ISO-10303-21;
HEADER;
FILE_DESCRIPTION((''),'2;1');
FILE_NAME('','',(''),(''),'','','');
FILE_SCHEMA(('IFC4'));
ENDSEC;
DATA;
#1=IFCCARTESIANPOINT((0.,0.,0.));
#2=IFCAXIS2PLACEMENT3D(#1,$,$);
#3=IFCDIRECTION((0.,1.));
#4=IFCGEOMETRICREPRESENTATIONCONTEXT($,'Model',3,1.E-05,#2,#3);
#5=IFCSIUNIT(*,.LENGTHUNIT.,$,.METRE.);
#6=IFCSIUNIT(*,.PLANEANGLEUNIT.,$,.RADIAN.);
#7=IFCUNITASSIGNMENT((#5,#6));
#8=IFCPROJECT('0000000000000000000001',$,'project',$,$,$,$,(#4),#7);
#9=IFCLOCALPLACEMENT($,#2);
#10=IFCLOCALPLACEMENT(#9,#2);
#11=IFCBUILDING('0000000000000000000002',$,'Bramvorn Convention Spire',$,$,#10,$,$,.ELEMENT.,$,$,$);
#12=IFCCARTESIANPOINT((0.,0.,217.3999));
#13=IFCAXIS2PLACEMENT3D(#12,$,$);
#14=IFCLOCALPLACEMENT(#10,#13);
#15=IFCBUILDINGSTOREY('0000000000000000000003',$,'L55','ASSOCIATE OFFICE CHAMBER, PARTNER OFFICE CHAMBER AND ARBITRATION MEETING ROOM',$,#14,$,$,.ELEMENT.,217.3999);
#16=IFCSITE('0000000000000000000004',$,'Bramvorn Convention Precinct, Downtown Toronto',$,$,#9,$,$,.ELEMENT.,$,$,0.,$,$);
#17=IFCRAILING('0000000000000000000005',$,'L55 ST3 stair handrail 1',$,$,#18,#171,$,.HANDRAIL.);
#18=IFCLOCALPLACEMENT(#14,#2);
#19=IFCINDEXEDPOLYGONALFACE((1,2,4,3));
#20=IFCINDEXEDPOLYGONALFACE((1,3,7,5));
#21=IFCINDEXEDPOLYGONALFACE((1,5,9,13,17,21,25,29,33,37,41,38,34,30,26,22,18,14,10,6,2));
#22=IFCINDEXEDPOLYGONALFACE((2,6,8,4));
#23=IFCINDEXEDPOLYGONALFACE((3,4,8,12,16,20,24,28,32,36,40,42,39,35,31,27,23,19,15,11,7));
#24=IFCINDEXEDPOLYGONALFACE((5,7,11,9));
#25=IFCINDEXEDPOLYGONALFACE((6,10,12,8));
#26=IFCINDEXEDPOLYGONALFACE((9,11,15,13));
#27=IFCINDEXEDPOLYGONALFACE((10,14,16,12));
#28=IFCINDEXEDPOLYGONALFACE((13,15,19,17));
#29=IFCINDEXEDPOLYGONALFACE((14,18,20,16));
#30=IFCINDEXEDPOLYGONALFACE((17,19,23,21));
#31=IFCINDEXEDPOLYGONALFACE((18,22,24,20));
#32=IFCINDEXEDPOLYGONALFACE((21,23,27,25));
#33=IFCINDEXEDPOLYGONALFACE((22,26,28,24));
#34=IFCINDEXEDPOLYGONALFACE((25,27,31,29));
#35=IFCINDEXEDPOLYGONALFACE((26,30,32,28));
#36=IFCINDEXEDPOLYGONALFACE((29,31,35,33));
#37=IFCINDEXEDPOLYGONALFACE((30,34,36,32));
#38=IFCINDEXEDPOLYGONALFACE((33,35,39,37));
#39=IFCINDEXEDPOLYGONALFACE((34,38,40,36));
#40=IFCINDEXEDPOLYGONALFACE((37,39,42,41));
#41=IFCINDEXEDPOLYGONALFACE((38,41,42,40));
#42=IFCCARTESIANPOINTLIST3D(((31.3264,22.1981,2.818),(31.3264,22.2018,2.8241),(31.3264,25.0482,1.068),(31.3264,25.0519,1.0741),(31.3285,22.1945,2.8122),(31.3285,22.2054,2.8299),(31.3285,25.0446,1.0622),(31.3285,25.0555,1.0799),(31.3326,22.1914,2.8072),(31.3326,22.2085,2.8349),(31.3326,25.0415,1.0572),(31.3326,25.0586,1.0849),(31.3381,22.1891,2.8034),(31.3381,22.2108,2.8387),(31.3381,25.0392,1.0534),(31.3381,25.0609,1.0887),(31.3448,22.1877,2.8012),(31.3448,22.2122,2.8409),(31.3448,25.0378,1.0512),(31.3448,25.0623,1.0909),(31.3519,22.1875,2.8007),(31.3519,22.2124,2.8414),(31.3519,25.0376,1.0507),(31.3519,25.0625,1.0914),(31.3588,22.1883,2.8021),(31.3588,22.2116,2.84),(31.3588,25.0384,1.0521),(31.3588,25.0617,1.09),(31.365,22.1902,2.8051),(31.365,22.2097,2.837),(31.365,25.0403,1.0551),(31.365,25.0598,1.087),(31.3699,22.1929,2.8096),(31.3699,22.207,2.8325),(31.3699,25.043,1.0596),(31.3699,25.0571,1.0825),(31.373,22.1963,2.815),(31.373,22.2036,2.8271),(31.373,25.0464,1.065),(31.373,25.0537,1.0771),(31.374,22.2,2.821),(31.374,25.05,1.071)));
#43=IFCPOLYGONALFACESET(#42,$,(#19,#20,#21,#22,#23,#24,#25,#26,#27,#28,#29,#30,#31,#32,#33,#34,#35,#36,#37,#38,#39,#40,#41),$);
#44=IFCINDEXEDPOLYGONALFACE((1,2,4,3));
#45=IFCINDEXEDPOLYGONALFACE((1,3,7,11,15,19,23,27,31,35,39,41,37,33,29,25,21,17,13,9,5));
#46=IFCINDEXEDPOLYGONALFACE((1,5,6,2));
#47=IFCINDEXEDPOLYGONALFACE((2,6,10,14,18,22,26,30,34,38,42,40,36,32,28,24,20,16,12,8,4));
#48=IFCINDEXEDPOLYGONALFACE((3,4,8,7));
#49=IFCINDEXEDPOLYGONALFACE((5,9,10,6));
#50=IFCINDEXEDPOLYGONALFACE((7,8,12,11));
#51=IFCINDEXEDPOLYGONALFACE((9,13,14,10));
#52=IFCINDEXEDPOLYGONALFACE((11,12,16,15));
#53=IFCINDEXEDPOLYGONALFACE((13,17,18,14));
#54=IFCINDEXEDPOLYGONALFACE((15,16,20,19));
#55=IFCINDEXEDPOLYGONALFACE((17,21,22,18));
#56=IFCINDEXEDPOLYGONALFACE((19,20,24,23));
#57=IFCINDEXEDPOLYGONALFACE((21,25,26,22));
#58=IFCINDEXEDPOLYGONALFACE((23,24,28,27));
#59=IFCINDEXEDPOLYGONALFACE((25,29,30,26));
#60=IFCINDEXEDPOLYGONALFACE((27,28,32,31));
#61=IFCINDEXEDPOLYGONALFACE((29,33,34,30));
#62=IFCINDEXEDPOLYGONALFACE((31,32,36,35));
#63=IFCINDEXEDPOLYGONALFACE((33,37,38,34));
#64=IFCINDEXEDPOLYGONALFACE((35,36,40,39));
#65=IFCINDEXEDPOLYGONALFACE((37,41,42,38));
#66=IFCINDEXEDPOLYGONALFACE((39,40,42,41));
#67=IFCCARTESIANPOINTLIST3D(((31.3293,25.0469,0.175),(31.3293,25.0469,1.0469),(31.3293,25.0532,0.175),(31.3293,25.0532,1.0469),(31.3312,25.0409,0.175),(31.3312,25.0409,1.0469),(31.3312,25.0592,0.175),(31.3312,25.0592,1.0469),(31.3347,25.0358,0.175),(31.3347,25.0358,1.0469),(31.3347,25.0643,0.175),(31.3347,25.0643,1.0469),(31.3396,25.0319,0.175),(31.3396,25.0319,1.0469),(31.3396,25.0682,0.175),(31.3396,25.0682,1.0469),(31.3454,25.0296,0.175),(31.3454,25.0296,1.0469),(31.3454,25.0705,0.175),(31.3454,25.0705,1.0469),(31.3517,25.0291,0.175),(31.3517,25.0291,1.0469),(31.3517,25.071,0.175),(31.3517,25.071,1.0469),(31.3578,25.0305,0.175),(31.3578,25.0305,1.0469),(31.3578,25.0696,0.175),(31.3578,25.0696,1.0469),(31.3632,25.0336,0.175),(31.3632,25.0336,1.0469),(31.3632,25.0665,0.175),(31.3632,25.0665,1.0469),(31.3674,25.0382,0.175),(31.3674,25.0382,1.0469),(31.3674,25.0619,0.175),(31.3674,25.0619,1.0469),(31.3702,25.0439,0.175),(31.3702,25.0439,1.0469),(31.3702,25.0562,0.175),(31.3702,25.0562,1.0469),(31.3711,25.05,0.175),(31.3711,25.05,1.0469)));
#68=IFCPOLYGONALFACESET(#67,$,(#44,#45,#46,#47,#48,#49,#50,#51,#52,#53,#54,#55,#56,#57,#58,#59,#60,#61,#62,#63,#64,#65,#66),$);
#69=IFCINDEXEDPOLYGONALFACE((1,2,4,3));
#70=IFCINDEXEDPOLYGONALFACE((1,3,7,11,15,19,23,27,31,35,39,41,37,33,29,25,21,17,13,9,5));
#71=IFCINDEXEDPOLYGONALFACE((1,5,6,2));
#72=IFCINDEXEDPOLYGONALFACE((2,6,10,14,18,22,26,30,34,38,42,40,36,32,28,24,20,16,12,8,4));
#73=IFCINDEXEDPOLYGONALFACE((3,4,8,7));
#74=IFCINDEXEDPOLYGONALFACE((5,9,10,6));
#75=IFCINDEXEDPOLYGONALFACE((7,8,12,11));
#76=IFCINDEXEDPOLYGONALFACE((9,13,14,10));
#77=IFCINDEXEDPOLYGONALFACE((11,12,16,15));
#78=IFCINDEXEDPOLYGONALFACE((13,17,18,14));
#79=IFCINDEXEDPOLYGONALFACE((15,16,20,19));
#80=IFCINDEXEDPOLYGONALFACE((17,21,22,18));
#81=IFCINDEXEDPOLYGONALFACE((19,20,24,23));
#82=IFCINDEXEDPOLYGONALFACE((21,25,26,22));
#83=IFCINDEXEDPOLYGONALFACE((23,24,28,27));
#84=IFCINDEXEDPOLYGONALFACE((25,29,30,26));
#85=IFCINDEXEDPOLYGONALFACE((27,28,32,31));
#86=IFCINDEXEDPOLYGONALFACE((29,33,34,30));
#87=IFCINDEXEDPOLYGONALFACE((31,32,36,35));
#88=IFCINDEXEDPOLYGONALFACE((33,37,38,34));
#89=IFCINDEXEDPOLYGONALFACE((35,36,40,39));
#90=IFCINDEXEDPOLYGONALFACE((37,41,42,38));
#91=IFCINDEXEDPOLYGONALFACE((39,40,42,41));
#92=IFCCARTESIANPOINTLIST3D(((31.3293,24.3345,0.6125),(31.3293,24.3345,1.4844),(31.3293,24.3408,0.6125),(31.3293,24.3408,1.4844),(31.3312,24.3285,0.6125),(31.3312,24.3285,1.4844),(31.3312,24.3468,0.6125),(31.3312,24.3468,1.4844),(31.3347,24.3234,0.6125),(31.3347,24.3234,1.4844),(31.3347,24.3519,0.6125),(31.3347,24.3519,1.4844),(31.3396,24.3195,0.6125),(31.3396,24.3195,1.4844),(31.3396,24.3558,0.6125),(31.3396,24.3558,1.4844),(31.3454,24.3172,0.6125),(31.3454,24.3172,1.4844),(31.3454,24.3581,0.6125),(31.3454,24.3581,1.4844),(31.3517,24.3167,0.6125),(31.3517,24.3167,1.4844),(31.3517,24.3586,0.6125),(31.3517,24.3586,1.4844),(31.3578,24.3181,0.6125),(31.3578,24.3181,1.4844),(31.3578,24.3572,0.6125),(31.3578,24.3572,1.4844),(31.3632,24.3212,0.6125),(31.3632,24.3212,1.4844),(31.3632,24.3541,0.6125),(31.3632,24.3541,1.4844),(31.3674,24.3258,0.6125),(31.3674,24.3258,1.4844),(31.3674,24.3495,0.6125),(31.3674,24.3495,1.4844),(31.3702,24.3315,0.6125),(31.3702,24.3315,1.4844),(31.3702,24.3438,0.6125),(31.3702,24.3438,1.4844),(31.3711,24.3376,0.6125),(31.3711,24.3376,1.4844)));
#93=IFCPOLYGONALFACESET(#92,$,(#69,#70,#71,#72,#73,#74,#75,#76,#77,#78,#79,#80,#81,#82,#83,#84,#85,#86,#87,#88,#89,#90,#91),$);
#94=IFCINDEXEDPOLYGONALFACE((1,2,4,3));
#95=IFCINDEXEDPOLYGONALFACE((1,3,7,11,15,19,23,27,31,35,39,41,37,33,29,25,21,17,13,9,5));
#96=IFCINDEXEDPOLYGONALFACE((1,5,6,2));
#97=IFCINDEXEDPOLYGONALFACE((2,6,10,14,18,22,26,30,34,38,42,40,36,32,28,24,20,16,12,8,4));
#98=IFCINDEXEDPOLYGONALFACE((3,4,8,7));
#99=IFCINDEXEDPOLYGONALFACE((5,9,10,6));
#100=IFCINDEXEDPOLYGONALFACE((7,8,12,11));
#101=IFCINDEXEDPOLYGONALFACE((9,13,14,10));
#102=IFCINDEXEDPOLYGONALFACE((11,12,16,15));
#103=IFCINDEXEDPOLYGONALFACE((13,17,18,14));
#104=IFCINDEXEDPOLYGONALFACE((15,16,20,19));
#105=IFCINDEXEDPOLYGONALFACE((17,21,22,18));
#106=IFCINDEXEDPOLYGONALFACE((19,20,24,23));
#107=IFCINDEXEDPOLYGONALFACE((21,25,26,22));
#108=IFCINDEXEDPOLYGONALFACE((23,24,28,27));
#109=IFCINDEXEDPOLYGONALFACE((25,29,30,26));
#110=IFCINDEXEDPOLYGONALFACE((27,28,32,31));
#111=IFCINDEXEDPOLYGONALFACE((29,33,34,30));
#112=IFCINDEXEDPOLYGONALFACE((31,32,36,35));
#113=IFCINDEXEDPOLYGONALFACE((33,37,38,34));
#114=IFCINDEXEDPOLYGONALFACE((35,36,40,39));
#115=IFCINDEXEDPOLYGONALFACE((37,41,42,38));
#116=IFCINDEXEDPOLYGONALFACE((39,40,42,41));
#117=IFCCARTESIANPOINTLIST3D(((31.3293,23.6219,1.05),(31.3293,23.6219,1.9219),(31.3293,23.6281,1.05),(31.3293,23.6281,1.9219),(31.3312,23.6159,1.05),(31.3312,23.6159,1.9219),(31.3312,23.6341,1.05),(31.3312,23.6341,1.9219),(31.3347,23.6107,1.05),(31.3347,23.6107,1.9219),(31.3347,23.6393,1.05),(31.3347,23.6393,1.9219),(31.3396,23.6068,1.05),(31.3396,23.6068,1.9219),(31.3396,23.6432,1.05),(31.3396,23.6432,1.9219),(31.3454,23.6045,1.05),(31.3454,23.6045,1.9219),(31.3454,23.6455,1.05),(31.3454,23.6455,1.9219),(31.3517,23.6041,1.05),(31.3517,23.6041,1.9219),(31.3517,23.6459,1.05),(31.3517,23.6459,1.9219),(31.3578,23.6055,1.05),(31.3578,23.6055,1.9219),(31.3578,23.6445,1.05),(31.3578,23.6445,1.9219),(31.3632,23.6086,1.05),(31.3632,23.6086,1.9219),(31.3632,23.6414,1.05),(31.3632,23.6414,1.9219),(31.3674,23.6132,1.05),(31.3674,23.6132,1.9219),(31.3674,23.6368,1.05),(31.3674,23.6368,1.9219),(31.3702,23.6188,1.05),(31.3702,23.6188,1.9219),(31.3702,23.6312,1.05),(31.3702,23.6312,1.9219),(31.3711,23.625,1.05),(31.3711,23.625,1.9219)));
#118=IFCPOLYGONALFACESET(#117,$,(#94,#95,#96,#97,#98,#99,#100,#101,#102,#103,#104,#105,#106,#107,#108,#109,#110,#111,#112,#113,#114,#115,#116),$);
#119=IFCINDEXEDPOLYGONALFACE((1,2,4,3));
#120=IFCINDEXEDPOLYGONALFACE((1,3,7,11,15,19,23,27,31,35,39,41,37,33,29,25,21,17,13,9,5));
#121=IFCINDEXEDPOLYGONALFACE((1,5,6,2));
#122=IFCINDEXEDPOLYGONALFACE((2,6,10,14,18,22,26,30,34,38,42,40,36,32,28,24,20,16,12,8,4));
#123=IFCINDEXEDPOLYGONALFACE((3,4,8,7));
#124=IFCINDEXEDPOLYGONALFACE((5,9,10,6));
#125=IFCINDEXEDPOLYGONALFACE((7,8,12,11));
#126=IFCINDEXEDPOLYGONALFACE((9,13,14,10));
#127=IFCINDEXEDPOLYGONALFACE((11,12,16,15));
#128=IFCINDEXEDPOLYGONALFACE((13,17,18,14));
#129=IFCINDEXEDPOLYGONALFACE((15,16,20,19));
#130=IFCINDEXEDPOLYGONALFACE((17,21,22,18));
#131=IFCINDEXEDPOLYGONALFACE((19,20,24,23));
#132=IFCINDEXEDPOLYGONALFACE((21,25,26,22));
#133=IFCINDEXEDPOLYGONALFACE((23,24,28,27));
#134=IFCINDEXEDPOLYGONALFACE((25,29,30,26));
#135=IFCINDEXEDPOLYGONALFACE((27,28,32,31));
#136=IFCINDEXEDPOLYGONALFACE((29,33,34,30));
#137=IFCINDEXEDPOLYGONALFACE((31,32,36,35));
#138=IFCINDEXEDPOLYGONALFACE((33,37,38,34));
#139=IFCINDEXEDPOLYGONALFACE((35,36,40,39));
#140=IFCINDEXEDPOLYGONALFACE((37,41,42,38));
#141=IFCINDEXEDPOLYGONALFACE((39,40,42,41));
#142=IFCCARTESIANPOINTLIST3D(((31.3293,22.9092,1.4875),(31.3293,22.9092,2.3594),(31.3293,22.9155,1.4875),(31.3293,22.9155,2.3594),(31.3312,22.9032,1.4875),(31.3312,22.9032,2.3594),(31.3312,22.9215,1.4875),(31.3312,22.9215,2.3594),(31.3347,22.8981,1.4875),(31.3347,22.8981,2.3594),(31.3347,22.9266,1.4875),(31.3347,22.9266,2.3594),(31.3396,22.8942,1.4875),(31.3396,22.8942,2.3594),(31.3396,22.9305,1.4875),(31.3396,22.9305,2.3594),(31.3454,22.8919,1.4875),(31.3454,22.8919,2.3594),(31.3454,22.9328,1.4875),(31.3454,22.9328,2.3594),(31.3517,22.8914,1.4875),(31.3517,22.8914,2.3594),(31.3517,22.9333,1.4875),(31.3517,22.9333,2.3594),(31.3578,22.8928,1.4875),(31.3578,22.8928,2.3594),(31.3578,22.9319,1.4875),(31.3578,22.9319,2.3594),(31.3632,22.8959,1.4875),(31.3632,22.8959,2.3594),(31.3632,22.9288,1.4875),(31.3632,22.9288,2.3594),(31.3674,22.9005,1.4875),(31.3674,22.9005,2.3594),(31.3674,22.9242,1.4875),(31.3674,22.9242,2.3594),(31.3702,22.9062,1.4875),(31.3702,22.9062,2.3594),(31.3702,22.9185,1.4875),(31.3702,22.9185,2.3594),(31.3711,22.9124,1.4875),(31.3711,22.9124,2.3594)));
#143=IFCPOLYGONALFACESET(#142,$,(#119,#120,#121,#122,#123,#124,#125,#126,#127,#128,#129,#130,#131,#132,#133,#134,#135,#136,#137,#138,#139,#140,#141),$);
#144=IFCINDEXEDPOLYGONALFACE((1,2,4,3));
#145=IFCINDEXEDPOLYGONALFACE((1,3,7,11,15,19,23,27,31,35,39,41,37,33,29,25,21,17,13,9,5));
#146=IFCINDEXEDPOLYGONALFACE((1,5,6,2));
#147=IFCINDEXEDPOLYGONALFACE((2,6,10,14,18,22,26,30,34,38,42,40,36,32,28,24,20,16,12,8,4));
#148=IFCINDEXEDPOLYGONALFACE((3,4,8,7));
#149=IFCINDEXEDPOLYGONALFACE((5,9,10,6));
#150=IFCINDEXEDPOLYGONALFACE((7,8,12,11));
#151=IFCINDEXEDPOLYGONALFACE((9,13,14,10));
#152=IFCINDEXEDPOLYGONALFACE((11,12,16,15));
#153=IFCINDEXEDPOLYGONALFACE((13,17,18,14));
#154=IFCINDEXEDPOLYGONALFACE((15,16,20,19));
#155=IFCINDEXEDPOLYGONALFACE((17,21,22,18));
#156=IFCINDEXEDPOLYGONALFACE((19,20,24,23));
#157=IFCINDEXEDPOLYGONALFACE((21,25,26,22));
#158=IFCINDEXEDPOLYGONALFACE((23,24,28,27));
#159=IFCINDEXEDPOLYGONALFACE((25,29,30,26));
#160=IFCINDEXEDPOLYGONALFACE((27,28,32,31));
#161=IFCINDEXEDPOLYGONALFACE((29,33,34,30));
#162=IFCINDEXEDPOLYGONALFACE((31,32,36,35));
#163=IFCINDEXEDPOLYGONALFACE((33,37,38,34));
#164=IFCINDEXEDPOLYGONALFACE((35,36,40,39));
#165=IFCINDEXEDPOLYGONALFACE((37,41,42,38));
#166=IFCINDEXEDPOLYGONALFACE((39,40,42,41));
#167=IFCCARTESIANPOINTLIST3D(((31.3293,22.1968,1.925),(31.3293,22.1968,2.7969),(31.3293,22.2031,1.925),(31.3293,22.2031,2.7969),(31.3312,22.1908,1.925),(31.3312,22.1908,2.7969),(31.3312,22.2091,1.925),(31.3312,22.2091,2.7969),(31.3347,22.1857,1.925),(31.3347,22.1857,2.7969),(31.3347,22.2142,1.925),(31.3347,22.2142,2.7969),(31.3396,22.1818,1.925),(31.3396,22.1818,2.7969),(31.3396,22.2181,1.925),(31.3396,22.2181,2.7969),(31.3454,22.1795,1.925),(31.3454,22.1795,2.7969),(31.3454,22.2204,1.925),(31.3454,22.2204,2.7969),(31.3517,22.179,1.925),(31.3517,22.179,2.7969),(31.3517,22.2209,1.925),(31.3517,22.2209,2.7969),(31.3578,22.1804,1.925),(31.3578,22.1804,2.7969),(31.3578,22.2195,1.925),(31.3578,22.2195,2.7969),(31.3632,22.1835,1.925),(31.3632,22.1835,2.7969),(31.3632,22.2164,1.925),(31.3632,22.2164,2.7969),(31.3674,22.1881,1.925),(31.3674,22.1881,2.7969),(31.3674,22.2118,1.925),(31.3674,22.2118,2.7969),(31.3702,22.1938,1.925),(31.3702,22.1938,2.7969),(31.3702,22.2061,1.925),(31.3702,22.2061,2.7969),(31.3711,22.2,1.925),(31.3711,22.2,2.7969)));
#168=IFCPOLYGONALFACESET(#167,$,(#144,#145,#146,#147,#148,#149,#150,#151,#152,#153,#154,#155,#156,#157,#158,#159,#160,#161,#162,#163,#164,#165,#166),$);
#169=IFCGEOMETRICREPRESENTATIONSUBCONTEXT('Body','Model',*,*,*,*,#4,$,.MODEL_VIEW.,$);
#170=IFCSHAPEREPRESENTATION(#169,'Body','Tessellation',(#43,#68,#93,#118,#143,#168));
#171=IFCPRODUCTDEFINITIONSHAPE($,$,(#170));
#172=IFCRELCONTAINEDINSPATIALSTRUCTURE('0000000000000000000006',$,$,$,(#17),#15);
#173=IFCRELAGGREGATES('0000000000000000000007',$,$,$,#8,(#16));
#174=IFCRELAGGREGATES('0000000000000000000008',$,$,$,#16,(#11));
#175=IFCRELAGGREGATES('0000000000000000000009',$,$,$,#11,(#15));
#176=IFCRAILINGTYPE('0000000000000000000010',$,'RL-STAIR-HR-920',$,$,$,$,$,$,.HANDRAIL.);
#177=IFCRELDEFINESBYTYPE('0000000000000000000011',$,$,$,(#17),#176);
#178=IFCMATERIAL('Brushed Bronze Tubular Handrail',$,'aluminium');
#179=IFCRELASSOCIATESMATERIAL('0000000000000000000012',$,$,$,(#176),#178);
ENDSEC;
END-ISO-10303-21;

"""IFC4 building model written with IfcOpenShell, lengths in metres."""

from ifc_helpers import new_model, si_unit, direction, frame, origin, origin_2d, place, context, subcontext, project, spatial, circle, extrude, material, type_object, element, save


model = new_model("IFC4")

# Units and contexts
model_context = context("Model", 3, precision=1e-05, world=origin(), true_north=direction((0.0, 1.0)))
body_context = subcontext(model_context, "Body", "Model", "MODEL_VIEW")
ifc_project = project(units=[si_unit("LENGTHUNIT", "METRE"), si_unit("PLANEANGLEUNIT", "RADIAN")], contexts=[model_context])

# Site, building, storey
site_placement = place(None, origin())
site = spatial("IfcSite", under=ifc_project, at=site_placement, Name="Bramvorn Convention Precinct, Downtown Toronto", CompositionType="ELEMENT", RefElevation=0.0)
building_placement = place(site_placement, origin())
building = spatial("IfcBuilding", under=site, at=building_placement, Name="Bramvorn Convention Spire", CompositionType="ELEMENT")
storey_placement = place(building_placement, frame((0.0, 0.0, 217.3999)))
storey = spatial("IfcBuildingStorey", under=building, at=storey_placement, Name="L55", Description="ASSOCIATE OFFICE CHAMBER, PARTNER OFFICE CHAMBER AND ARBITRATION MEETING ROOM", CompositionType="ELEMENT", Elevation=217.3999)

# Railing
ifc_material_1 = material(Name="Brushed Bronze Tubular Handrail", Category="aluminium")
railing_type_1 = type_object("IfcRailingType", Name="RL-STAIR-HR-920", PredefinedType="HANDRAIL", material=ifc_material_1)
railing_1_placement = place(storey_placement, frame((31.3501, 25.05, 0.175)))
element("IfcRailing", 1, at=railing_1_placement, inside=storey, type_object=railing_type_1, Name="L55 ST3 stair handrail 1", PredefinedType="HANDRAIL", context=body_context, shape_type="SweptSolid", body=[
    extrude(circle(Radius=0.0239, at=origin_2d()), frame((0.0, 0.0, 0.896), z_axis=(0.0, -0.852179, 0.52325), x_axis=(1.0, 0.0, 0.0)), (0.0, 0.0, 1.0), 3.3445),
    extrude(circle(Radius=0.021, at=origin_2d()), origin(), (0.0, 0.0, 1.0), 0.8718),
    extrude(circle(Radius=0.021, at=origin_2d()), frame((0.0, -0.7124, 0.4375)), (0.0, 0.0, 1.0), 0.8718),
    extrude(circle(Radius=0.021, at=origin_2d()), frame((0.0, -1.425, 0.875)), (0.0, 0.0, 1.0), 0.8718),
    extrude(circle(Radius=0.021, at=origin_2d()), frame((0.0, -2.1377, 1.3125)), (0.0, 0.0, 1.0), 0.8718),
    extrude(circle(Radius=0.021, at=origin_2d()), frame((0.0, -2.8501, 1.75)), (0.0, 0.0, 1.0), 0.8718),
])

save(model, "model.ifc")
